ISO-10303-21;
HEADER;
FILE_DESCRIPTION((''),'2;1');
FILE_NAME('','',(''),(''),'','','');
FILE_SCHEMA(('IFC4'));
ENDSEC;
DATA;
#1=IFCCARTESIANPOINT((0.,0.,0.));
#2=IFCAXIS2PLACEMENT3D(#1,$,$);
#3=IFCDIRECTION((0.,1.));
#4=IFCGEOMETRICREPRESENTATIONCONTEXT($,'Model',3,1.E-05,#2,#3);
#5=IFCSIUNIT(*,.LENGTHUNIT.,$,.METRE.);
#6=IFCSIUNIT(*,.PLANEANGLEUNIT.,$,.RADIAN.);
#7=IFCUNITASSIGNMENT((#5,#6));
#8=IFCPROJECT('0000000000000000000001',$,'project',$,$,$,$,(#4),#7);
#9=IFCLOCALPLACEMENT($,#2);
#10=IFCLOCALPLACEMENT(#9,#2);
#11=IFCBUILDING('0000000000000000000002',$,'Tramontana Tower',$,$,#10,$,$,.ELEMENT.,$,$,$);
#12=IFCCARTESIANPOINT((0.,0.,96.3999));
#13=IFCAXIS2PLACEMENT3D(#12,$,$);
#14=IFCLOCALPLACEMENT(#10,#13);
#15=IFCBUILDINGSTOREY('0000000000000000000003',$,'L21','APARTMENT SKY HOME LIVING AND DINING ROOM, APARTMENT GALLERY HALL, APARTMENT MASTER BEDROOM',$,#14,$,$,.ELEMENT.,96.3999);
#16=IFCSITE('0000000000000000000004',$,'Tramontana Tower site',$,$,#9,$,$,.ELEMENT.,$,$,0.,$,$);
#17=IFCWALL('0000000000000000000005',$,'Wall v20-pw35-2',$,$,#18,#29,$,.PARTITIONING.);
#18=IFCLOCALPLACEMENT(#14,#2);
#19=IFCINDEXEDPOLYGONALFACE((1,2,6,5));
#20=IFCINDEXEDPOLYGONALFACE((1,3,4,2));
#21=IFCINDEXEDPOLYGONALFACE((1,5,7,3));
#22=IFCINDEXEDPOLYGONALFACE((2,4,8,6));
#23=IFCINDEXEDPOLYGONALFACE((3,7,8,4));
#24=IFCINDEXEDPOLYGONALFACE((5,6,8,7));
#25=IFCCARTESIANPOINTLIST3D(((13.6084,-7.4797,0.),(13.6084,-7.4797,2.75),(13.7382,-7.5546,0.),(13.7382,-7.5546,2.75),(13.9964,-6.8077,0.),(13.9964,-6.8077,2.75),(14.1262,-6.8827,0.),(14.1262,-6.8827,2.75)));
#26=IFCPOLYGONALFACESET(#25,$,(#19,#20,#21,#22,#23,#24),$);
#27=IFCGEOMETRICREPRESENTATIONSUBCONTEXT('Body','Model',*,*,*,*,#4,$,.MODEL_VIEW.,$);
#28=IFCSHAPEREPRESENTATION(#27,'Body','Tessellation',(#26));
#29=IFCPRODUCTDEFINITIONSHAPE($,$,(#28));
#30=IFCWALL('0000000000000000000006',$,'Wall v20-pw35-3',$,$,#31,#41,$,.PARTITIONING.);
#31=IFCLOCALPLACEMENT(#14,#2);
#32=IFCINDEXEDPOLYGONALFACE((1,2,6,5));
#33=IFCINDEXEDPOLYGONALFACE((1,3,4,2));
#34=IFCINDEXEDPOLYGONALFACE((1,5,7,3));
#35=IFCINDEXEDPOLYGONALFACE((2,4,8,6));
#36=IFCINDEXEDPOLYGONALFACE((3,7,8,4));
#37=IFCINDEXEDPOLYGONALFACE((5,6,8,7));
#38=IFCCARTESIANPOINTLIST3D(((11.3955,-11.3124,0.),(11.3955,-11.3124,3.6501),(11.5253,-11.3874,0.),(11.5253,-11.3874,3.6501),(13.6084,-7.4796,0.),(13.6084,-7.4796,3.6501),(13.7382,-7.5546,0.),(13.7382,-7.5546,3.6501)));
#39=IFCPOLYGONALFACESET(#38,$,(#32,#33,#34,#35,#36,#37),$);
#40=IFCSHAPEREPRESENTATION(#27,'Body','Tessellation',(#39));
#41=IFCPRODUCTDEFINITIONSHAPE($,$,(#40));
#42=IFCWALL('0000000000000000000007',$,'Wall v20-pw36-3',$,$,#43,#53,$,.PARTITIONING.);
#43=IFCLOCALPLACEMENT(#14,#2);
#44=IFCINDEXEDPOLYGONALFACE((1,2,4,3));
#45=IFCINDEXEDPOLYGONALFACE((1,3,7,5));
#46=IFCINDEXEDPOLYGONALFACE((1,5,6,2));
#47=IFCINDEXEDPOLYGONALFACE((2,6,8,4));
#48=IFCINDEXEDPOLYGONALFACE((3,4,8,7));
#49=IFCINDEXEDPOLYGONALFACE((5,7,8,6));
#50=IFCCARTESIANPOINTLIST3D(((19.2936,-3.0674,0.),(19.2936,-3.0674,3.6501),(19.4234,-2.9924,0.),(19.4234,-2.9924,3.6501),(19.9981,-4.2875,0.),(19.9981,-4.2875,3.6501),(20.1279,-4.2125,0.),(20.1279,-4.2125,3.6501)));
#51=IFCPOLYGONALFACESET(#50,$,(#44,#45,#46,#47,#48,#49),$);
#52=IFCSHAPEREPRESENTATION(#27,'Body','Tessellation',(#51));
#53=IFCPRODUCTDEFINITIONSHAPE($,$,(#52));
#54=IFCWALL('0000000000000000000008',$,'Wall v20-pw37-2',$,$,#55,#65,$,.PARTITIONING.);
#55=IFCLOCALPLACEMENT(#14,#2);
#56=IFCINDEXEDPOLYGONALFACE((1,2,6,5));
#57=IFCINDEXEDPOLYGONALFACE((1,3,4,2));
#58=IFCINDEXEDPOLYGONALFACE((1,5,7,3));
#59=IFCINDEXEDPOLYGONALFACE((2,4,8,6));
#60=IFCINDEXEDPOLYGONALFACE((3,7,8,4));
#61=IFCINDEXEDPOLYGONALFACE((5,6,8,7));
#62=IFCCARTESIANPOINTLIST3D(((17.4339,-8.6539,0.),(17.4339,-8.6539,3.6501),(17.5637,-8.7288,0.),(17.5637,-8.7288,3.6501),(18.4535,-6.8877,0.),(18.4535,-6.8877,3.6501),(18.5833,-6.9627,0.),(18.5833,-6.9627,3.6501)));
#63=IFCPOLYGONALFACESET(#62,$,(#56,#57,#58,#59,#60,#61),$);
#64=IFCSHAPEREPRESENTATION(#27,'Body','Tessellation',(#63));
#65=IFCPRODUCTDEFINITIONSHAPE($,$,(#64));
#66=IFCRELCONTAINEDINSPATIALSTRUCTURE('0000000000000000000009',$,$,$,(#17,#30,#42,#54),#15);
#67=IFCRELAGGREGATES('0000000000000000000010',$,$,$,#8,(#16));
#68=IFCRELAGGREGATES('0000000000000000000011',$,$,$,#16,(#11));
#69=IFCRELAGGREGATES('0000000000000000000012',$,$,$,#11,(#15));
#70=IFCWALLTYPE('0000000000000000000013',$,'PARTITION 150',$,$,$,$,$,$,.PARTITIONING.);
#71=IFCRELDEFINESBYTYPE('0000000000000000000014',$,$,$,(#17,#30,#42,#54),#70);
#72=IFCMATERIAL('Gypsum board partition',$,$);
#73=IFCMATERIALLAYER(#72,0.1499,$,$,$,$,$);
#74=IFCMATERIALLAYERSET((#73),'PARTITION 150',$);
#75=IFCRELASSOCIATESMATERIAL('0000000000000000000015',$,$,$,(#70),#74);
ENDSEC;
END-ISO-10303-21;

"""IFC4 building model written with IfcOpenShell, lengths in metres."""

from ifc_helpers import new_model, si_unit, direction, frame, frame_2d, origin, place, context, subcontext, project, spatial, rectangle, extrude, material, layer, layer_set, type_object, element, save


model = new_model("IFC4")

# Units and contexts
model_context = context("Model", 3, precision=1e-05, world=origin(), true_north=direction((0.0, 1.0)))
body_context = subcontext(model_context, "Body", "Model", "MODEL_VIEW")
ifc_project = project(units=[si_unit("LENGTHUNIT", "METRE"), si_unit("PLANEANGLEUNIT", "RADIAN")], contexts=[model_context])

# Site, building, storey
site_placement = place(None, origin())
site = spatial("IfcSite", under=ifc_project, at=site_placement, Name="Tramontana Tower site", CompositionType="ELEMENT", RefElevation=0.0)
building_placement = place(site_placement, origin())
building = spatial("IfcBuilding", under=site, at=building_placement, Name="Tramontana Tower", CompositionType="ELEMENT")
storey_placement = place(building_placement, frame((0.0, 0.0, 96.3999)))
storey = spatial("IfcBuildingStorey", under=building, at=storey_placement, Name="L21", Description="APARTMENT SKY HOME LIVING AND DINING ROOM, APARTMENT GALLERY HALL, APARTMENT MASTER BEDROOM", CompositionType="ELEMENT", Elevation=96.3999)

# Shared definitions
ifc_material_1 = material(Name="Gypsum board partition")
ifc_layer_1 = layer(ifc_material_1, 0.1499)
ifc_layer_set_1 = layer_set([ifc_layer_1], Name="PARTITION 150")
wall_type_1 = type_object("IfcWallType", Name="PARTITION 150", PredefinedType="PARTITIONING", material=ifc_layer_set_1)

# Walls
wall_1_placement = place(storey_placement, frame((14.0613, -6.8452, 0.0), z_axis=(0.0, 0.0, 1.0), x_axis=(-0.500031, -0.866007, 0.0)))
element("IfcWall", 1, at=wall_1_placement, inside=storey, type_object=wall_type_1, Name="Wall v20-pw35-2", PredefinedType="PARTITIONING", context=body_context, shape_type="SweptSolid", body=[
    extrude(rectangle(XDim=0.7759, YDim=0.1499, at=frame_2d((0.3879, 0.0))), origin(), (0.0, 0.0, 1.0), 2.75),
])
wall_2_placement = place(storey_placement, frame((13.6733, -7.5171, 0.0), z_axis=(0.0, 0.0, 1.0), x_axis=(-0.500007, -0.866021, 0.0)))
element("IfcWall", 2, at=wall_2_placement, inside=storey, type_object=wall_type_1, Name="Wall v20-pw35-3", PredefinedType="PARTITIONING", context=body_context, shape_type="SweptSolid", body=[
    extrude(rectangle(XDim=4.4258, YDim=0.1499, at=frame_2d((2.2129, 0.0))), origin(), (0.0, 0.0, 1.0), 3.6501),
])
wall_3_placement = place(storey_placement, frame((19.3584, -3.0298, 0.0), z_axis=(0.0, 0.0, 1.0), x_axis=(0.500052, -0.865995, 0.0)))
element("IfcWall", 3, at=wall_3_placement, inside=storey, type_object=wall_type_1, Name="Wall v20-pw36-3", PredefinedType="PARTITIONING", context=body_context, shape_type="SweptSolid", body=[
    extrude(rectangle(XDim=1.4089, YDim=0.1499, at=frame_2d((0.7046, 0.0))), origin(), (0.0, 0.0, 1.0), 3.6501),
])

# Wall
wall_4_placement = place(storey_placement, frame((18.5183, -6.9253, 0.0), z_axis=(0.0, 0.0, 1.0), x_axis=(-0.49995, -0.866054, 0.0)))
element("IfcWall", 4, at=wall_4_placement, inside=storey, type_object=wall_type_1, Name="Wall v20-pw37-2", PredefinedType="PARTITIONING", context=body_context, shape_type="SweptSolid", body=[
    extrude(rectangle(XDim=2.0393, YDim=0.1499, at=frame_2d((1.0195, 0.0))), origin(), (0.0, 0.0, 1.0), 3.6501),
])

save(model, "model.ifc")
